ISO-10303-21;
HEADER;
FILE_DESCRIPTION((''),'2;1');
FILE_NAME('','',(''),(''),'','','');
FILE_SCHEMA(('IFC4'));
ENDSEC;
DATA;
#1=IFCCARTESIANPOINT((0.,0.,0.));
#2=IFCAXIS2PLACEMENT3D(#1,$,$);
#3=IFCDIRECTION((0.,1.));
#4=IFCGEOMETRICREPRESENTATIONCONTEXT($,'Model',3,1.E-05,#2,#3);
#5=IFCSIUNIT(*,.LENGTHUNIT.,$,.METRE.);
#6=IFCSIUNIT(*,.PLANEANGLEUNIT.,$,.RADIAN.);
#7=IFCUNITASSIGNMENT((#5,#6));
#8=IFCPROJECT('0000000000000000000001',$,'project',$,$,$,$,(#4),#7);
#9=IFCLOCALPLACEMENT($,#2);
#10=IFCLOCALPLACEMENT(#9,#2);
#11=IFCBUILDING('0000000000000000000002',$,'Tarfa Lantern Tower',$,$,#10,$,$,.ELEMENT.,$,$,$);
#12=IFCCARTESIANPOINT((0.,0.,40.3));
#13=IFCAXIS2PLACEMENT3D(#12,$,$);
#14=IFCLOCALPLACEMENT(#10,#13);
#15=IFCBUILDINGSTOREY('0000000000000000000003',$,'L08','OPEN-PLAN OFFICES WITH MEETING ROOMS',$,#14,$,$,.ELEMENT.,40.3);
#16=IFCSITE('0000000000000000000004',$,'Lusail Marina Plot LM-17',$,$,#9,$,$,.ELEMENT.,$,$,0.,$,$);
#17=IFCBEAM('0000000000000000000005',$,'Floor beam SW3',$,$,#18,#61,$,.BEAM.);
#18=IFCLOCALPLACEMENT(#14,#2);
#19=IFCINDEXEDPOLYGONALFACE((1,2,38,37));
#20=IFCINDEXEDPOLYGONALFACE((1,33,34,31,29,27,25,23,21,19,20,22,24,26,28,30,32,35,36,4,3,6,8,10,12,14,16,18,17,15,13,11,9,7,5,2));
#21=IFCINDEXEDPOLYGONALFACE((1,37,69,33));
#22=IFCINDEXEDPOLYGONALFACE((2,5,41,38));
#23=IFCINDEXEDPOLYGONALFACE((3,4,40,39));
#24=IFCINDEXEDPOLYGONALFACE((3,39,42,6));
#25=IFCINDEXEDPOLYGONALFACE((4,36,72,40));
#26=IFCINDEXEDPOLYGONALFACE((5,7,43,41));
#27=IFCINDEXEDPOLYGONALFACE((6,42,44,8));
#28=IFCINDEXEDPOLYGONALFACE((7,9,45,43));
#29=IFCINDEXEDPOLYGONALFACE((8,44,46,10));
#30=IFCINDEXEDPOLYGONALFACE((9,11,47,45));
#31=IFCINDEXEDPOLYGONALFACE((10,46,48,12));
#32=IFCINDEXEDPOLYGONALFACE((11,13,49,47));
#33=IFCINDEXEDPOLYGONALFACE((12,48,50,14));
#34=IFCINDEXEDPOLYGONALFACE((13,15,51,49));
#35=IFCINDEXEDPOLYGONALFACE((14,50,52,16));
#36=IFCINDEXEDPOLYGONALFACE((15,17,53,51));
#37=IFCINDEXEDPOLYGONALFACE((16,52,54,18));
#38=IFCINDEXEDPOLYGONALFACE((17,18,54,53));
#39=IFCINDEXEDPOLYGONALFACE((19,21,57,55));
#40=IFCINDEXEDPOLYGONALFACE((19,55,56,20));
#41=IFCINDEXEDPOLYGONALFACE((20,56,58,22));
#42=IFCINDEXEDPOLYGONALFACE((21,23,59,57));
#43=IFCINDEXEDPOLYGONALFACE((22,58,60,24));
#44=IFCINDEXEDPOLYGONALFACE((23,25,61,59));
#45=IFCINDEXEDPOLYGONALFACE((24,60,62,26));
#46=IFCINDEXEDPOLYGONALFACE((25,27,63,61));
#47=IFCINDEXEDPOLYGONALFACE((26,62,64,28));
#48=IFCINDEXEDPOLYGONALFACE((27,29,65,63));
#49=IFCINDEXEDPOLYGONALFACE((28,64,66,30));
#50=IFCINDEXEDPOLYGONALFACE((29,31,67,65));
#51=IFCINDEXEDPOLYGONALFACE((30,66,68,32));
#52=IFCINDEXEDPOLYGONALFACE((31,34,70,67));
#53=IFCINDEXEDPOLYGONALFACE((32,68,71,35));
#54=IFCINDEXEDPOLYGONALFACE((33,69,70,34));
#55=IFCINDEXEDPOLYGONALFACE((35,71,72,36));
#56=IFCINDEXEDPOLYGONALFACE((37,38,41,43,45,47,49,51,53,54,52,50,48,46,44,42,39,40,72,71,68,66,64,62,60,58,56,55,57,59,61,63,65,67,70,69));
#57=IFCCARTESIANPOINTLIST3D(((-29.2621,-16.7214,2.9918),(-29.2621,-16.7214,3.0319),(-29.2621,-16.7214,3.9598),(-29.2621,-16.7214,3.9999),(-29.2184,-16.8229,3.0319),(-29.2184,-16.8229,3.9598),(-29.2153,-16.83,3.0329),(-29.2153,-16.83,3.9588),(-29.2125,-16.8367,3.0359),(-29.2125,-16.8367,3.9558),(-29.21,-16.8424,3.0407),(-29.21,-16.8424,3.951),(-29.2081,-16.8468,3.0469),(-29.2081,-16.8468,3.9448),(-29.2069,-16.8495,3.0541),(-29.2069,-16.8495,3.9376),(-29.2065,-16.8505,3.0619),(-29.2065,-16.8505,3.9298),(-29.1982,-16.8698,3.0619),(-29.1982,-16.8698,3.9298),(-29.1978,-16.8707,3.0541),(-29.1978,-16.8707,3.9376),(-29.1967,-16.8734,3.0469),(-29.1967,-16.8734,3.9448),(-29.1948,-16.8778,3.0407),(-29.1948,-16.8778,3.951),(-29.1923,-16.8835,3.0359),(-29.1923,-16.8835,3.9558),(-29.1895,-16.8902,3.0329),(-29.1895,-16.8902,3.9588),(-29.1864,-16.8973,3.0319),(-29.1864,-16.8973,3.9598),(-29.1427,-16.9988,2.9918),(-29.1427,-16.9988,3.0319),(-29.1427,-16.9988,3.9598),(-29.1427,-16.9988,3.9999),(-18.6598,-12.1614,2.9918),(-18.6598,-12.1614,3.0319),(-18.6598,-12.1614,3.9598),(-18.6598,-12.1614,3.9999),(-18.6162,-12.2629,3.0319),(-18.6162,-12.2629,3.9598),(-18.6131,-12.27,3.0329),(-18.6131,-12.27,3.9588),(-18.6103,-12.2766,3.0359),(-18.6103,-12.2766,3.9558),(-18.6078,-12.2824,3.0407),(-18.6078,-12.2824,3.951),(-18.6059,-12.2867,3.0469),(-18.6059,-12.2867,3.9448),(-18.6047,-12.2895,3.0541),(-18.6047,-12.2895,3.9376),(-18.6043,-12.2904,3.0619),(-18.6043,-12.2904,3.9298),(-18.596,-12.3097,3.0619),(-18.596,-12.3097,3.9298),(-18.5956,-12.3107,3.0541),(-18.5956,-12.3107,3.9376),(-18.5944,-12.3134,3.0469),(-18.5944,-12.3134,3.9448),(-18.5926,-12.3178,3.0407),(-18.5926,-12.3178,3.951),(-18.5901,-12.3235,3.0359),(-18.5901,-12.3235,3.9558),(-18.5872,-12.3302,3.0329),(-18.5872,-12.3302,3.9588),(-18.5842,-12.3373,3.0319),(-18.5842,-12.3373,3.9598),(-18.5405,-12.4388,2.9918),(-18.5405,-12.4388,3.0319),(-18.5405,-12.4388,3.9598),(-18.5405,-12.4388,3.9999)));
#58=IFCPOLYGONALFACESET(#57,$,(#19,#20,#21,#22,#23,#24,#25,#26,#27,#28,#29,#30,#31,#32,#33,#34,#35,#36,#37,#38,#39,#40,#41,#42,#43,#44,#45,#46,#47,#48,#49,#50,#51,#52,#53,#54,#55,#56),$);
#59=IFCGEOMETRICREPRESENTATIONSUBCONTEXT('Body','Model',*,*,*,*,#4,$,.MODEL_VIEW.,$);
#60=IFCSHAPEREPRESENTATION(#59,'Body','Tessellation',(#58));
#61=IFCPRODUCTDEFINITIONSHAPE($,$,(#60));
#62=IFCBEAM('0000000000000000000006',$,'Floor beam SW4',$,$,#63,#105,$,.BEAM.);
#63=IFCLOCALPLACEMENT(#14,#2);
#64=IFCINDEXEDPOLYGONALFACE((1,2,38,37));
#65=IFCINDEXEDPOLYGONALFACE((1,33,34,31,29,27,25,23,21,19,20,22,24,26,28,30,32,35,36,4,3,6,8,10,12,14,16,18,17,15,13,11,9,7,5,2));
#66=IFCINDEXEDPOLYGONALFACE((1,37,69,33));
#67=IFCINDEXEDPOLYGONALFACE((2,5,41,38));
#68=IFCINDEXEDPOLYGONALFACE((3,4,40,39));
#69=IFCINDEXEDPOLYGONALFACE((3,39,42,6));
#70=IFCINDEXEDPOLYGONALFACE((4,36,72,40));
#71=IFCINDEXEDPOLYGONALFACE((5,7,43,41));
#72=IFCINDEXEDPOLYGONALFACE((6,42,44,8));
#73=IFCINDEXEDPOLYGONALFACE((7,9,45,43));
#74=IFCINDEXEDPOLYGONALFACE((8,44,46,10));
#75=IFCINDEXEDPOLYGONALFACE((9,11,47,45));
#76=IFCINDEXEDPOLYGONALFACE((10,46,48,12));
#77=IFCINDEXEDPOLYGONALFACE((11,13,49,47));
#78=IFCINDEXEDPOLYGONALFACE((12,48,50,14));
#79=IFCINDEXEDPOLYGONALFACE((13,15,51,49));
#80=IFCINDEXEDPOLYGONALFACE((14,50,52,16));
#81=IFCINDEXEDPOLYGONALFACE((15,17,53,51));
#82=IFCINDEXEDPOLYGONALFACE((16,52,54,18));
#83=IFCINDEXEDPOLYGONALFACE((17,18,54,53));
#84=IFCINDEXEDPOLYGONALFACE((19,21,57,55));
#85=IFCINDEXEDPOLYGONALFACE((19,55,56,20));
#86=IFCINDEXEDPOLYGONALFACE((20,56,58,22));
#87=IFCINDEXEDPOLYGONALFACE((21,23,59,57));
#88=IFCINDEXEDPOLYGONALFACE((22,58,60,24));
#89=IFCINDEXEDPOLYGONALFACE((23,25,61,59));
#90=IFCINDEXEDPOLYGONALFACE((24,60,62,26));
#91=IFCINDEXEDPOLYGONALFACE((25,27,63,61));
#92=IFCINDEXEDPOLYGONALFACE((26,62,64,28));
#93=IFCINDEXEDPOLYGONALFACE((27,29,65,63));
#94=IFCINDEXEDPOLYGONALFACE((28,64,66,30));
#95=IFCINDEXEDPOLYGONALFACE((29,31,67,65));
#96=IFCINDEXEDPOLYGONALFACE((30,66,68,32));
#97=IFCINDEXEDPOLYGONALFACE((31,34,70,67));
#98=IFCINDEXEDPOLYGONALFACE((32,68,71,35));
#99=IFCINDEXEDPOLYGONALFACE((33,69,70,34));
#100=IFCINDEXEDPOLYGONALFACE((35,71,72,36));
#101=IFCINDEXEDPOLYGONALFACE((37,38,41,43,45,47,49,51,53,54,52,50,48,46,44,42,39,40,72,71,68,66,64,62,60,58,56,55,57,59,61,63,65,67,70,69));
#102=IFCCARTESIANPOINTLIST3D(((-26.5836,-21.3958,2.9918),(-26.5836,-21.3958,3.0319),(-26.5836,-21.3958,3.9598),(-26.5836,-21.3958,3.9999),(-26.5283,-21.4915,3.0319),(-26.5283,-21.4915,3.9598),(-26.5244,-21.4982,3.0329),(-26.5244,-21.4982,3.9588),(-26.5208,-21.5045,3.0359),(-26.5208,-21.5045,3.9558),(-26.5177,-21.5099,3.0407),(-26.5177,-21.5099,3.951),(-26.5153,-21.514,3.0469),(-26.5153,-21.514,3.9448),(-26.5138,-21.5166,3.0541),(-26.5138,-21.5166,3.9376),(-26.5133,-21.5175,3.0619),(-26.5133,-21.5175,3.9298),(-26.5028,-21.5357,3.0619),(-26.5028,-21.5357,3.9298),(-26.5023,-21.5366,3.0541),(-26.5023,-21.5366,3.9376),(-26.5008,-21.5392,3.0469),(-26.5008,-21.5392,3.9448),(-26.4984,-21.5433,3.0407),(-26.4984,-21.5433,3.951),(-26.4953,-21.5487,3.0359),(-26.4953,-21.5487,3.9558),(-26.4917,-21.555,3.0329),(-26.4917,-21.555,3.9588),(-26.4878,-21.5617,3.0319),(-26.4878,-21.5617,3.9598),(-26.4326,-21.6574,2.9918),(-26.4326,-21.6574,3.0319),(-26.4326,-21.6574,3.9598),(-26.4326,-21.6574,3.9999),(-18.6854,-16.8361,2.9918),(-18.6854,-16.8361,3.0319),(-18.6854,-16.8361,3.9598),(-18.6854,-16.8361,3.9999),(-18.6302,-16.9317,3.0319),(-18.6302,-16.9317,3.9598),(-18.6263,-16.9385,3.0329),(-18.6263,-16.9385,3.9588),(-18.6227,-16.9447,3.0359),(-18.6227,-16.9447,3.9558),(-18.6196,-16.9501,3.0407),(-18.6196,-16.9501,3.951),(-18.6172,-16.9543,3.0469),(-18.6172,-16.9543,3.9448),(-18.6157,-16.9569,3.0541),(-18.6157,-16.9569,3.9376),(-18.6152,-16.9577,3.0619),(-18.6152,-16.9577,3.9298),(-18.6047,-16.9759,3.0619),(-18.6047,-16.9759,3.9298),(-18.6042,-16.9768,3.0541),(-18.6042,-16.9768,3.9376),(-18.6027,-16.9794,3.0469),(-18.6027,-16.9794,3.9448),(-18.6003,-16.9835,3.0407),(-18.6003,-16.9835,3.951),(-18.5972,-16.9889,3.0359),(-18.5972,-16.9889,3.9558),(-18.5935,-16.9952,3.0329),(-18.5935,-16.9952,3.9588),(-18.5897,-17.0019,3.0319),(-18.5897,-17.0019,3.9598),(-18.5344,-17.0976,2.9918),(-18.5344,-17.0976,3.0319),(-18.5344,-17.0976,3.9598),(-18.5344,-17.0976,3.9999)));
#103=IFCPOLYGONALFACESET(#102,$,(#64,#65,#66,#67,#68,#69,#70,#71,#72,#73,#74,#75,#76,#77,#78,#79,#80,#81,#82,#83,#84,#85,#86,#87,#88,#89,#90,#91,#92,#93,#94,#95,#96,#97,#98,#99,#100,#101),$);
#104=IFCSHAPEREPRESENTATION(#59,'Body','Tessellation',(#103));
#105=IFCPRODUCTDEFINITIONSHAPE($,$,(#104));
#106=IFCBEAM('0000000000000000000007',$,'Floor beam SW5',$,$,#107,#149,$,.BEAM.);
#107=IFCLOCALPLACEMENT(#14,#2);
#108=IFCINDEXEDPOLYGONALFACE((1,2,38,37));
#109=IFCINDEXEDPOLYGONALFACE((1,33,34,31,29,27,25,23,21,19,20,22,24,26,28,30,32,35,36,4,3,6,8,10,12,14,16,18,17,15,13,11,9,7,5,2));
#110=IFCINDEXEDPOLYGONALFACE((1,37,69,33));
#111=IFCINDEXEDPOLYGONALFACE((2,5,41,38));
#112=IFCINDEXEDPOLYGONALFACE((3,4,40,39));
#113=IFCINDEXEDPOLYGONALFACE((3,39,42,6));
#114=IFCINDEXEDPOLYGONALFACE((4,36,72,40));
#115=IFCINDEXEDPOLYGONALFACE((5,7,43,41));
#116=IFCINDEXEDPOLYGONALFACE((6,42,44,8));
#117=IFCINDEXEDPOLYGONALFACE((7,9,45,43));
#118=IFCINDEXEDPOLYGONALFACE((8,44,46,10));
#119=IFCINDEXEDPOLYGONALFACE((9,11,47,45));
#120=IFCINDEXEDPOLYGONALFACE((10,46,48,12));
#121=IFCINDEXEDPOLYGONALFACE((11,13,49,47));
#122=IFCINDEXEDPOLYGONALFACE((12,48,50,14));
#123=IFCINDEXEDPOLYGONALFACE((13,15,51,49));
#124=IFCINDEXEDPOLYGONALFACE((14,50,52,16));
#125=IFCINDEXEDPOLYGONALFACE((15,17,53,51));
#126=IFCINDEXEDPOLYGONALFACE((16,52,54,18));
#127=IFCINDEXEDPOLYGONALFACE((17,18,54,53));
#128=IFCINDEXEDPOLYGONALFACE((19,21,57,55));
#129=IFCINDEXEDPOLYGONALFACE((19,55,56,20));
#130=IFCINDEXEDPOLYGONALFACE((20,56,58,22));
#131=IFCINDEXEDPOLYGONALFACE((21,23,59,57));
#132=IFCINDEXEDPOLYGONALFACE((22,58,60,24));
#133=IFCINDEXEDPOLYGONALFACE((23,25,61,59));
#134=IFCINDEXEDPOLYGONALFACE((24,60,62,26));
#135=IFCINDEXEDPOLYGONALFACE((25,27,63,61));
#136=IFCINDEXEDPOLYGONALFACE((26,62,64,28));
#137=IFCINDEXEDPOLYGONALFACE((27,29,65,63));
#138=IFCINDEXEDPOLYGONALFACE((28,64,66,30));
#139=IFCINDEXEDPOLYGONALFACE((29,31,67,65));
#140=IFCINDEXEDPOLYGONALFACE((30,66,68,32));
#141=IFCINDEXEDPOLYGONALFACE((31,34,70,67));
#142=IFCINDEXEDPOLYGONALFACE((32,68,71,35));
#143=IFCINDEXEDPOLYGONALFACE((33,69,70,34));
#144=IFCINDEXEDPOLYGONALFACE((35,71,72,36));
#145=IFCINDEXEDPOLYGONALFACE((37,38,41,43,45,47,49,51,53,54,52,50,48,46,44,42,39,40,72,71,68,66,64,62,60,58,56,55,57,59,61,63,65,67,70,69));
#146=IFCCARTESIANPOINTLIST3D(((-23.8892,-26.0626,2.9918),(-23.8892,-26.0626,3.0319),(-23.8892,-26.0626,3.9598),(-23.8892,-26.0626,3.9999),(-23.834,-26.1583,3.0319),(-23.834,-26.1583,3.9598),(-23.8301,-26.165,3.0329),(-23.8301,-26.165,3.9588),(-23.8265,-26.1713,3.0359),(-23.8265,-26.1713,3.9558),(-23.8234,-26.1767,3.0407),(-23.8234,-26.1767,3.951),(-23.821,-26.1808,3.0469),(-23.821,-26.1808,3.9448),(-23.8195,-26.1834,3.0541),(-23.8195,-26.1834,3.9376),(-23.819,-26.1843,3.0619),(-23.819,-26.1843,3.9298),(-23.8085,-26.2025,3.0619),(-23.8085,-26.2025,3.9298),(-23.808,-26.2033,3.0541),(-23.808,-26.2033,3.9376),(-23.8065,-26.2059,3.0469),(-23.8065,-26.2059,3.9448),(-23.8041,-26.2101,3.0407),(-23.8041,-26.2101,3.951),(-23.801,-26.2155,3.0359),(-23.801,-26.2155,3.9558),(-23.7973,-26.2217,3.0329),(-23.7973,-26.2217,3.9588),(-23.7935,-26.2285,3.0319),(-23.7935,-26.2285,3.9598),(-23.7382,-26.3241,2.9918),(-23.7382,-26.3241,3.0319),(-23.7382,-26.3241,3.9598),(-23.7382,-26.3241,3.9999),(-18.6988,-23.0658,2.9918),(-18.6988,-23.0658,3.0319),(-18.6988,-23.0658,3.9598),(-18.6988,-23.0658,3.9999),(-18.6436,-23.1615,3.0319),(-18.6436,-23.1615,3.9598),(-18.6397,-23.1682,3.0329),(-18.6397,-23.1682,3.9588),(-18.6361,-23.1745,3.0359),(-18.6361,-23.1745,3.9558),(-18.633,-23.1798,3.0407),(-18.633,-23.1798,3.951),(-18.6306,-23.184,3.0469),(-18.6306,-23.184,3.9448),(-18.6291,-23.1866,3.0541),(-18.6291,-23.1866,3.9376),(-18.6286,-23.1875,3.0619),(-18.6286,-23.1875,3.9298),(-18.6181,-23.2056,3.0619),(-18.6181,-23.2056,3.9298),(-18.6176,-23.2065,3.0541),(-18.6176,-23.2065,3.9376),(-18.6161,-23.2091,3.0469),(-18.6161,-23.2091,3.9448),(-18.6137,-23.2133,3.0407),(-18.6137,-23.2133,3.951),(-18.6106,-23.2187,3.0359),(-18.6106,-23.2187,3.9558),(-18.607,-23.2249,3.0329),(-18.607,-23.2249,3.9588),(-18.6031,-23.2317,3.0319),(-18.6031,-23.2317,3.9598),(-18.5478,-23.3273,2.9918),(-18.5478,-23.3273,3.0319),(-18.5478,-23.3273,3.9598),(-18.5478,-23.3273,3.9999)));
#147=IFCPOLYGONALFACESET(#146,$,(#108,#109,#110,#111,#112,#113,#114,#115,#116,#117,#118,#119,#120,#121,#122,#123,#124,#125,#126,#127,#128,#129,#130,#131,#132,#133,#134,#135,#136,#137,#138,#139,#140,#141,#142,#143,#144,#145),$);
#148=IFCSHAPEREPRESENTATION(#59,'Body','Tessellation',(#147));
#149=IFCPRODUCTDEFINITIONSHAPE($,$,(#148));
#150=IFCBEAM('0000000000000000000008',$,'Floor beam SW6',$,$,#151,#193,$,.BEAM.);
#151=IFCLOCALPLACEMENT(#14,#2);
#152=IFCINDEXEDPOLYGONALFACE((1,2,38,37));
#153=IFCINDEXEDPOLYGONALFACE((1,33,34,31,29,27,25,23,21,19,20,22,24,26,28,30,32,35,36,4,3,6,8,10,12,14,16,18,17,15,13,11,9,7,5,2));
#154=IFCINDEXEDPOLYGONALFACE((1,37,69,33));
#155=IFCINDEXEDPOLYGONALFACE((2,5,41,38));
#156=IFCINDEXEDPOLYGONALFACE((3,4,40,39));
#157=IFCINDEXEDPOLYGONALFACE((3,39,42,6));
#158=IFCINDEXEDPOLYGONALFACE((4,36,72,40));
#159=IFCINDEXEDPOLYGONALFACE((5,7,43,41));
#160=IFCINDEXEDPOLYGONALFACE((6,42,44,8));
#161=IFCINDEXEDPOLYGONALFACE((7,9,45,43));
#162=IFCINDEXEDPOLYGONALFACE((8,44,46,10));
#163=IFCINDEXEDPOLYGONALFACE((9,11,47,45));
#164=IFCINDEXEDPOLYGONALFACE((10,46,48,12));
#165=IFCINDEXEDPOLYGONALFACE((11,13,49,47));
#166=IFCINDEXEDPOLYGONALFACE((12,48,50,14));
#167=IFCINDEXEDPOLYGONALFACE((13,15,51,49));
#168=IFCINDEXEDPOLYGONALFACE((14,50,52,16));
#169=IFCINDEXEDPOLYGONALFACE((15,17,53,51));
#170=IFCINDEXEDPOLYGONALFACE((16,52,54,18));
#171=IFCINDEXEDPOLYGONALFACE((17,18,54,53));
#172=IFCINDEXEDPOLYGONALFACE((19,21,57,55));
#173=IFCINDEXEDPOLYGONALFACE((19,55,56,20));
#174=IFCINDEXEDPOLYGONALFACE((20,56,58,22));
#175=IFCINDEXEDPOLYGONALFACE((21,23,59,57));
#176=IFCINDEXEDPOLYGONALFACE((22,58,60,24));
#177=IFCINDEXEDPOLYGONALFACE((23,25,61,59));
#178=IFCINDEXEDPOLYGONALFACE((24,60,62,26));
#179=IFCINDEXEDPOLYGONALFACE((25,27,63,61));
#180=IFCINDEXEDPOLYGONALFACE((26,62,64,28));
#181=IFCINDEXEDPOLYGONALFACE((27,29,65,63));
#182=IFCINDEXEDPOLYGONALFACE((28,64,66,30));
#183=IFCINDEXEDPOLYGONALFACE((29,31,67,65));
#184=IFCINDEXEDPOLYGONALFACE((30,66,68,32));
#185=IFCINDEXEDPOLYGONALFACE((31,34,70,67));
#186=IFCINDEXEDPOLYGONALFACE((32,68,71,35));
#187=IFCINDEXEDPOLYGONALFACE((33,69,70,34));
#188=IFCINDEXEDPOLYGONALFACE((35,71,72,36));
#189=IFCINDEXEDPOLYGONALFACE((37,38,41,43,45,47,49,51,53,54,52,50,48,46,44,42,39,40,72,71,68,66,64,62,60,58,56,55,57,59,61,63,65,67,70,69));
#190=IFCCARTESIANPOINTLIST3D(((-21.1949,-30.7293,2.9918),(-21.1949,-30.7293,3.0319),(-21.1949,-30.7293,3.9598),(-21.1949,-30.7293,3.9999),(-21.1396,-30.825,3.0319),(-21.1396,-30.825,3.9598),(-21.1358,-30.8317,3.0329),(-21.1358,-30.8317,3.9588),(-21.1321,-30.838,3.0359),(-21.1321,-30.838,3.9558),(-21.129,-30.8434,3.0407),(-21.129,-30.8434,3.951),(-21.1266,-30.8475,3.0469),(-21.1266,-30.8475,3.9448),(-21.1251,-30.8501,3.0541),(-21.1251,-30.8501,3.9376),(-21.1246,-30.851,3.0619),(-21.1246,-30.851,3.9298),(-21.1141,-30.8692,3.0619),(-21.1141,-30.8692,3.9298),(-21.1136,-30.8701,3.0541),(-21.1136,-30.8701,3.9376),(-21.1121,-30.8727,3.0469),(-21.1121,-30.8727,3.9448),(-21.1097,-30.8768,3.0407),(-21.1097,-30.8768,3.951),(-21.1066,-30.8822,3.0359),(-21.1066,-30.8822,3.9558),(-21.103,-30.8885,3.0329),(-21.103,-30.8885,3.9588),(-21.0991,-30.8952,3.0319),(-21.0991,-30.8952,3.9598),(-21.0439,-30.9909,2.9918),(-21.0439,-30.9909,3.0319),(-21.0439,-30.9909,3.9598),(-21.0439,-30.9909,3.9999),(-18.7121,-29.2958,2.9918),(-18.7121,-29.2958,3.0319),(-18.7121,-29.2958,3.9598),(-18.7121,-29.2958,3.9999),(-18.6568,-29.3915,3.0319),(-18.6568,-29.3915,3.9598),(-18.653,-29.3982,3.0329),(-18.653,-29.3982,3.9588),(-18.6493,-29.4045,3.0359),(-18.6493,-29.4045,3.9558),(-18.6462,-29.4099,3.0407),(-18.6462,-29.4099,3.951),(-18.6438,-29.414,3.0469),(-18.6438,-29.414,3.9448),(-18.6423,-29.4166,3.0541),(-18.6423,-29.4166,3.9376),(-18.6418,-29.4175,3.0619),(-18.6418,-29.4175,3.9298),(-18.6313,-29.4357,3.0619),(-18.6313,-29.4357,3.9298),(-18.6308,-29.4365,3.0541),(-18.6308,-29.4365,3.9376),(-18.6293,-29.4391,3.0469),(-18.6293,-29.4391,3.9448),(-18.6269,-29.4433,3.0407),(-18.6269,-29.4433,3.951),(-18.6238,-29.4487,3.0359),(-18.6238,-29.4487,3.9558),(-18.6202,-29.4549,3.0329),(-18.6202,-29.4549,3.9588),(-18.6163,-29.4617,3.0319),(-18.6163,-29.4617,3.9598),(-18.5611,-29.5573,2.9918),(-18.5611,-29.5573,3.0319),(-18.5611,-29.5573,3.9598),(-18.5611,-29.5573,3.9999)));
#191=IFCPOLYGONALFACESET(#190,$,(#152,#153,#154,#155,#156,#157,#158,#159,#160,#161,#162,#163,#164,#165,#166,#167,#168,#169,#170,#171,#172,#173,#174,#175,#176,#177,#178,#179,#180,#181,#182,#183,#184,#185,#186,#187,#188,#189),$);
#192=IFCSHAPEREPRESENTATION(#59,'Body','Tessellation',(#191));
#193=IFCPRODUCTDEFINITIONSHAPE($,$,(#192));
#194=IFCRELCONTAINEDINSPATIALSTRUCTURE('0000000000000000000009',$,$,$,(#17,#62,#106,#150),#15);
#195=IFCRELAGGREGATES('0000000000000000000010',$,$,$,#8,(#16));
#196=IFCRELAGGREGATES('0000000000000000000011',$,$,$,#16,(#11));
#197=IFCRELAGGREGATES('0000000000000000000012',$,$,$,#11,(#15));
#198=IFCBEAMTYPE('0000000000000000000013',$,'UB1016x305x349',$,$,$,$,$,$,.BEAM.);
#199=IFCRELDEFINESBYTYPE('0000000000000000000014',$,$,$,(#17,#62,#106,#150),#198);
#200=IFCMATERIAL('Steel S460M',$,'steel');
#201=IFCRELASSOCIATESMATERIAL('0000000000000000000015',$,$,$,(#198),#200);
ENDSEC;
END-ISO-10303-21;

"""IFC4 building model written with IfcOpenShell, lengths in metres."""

from ifc_helpers import new_model, si_unit, direction, frame, origin, origin_2d, place, context, subcontext, project, spatial, i_section, extrude, material, material_profile, profile_set, type_object, element, save


model = new_model("IFC4")

# Units and contexts
model_context = context("Model", 3, precision=1e-05, world=origin(), true_north=direction((0.0, 1.0)))
body_context = subcontext(model_context, "Body", "Model", "MODEL_VIEW")
ifc_project = project(units=[si_unit("LENGTHUNIT", "METRE"), si_unit("PLANEANGLEUNIT", "RADIAN")], contexts=[model_context])

# Site, building, storey
site_placement = place(None, origin())
site = spatial("IfcSite", under=ifc_project, at=site_placement, Name="Lusail Marina Plot LM-17", CompositionType="ELEMENT", RefElevation=0.0)
building_placement = place(site_placement, origin())
building = spatial("IfcBuilding", under=site, at=building_placement, Name="Tarfa Lantern Tower", CompositionType="ELEMENT")
storey_placement = place(building_placement, frame((0.0, 0.0, 40.3)))
storey = spatial("IfcBuildingStorey", under=building, at=storey_placement, Name="L08", Description="OPEN-PLAN OFFICES WITH MEETING ROOMS", CompositionType="ELEMENT", Elevation=40.3)

# Beams
ifc_material_1 = material(Name="Steel S460M", Category="steel")
ifc_material_profile_1 = material_profile(ifc_material_1, i_section(OverallWidth=0.302, OverallDepth=1.0081, WebThickness=0.021, FlangeThickness=0.04, FilletRadius=0.03, at=origin_2d()), Name="UB1016x305x349")
ifc_profile_set_1 = profile_set([ifc_material_profile_1], Name="Steel S460M")
beam_type_1 = type_object("IfcBeamType", Name="UB1016x305x349", PredefinedType="BEAM", material=ifc_profile_set_1)
beam_1_placement = place(storey_placement, frame((-29.2024, -16.8601, 3.4958), z_axis=(0.918635, 0.395106, 0.0), x_axis=(-0.395106, 0.918635, 0.0)))
element("IfcBeam", 1, at=beam_1_placement, inside=storey, type_object=beam_type_1, Name="Floor beam SW3", PredefinedType="BEAM", context=body_context, shape_type="SweptSolid", body=[
    extrude(i_section(OverallWidth=0.302, OverallDepth=1.0081, WebThickness=0.021, FlangeThickness=0.04, FilletRadius=0.03, at=origin_2d()), origin(), (0.0, 0.0, 1.0), 11.5413),
])
beam_2_placement = place(storey_placement, frame((-26.5081, -21.5266, 3.4958), z_axis=(0.866035, 0.499983, 0.0), x_axis=(-0.499983, 0.866035, 0.0)))
element("IfcBeam", 2, at=beam_2_placement, inside=storey, type_object=beam_type_1, Name="Floor beam SW4", PredefinedType="BEAM", context=body_context, shape_type="SweptSolid", body=[
    extrude(i_section(OverallWidth=0.302, OverallDepth=1.0081, WebThickness=0.021, FlangeThickness=0.04, FilletRadius=0.03, at=origin_2d()), origin(), (0.0, 0.0, 1.0), 9.1199),
])
beam_3_placement = place(storey_placement, frame((-23.8137, -26.1934, 3.4958), z_axis=(0.866016, 0.500016, 0.0), x_axis=(-0.500016, 0.866016, 0.0)))
element("IfcBeam", 3, at=beam_3_placement, inside=storey, type_object=beam_type_1, Name="Floor beam SW5", PredefinedType="BEAM", context=body_context, shape_type="SweptSolid", body=[
    extrude(i_section(OverallWidth=0.302, OverallDepth=1.0081, WebThickness=0.021, FlangeThickness=0.04, FilletRadius=0.03, at=origin_2d()), origin(), (0.0, 0.0, 1.0), 5.9934),
])
beam_4_placement = place(storey_placement, frame((-21.1194, -30.8601, 3.4958), z_axis=(0.866013, 0.500022, 0.0), x_axis=(-0.500022, 0.866013, 0.0)))
element("IfcBeam", 4, at=beam_4_placement, inside=storey, type_object=beam_type_1, Name="Floor beam SW6", PredefinedType="BEAM", context=body_context, shape_type="SweptSolid", body=[
    extrude(i_section(OverallWidth=0.302, OverallDepth=1.0081, WebThickness=0.021, FlangeThickness=0.04, FilletRadius=0.03, at=origin_2d()), origin(), (0.0, 0.0, 1.0), 2.8669),
])

save(model, "model.ifc")
